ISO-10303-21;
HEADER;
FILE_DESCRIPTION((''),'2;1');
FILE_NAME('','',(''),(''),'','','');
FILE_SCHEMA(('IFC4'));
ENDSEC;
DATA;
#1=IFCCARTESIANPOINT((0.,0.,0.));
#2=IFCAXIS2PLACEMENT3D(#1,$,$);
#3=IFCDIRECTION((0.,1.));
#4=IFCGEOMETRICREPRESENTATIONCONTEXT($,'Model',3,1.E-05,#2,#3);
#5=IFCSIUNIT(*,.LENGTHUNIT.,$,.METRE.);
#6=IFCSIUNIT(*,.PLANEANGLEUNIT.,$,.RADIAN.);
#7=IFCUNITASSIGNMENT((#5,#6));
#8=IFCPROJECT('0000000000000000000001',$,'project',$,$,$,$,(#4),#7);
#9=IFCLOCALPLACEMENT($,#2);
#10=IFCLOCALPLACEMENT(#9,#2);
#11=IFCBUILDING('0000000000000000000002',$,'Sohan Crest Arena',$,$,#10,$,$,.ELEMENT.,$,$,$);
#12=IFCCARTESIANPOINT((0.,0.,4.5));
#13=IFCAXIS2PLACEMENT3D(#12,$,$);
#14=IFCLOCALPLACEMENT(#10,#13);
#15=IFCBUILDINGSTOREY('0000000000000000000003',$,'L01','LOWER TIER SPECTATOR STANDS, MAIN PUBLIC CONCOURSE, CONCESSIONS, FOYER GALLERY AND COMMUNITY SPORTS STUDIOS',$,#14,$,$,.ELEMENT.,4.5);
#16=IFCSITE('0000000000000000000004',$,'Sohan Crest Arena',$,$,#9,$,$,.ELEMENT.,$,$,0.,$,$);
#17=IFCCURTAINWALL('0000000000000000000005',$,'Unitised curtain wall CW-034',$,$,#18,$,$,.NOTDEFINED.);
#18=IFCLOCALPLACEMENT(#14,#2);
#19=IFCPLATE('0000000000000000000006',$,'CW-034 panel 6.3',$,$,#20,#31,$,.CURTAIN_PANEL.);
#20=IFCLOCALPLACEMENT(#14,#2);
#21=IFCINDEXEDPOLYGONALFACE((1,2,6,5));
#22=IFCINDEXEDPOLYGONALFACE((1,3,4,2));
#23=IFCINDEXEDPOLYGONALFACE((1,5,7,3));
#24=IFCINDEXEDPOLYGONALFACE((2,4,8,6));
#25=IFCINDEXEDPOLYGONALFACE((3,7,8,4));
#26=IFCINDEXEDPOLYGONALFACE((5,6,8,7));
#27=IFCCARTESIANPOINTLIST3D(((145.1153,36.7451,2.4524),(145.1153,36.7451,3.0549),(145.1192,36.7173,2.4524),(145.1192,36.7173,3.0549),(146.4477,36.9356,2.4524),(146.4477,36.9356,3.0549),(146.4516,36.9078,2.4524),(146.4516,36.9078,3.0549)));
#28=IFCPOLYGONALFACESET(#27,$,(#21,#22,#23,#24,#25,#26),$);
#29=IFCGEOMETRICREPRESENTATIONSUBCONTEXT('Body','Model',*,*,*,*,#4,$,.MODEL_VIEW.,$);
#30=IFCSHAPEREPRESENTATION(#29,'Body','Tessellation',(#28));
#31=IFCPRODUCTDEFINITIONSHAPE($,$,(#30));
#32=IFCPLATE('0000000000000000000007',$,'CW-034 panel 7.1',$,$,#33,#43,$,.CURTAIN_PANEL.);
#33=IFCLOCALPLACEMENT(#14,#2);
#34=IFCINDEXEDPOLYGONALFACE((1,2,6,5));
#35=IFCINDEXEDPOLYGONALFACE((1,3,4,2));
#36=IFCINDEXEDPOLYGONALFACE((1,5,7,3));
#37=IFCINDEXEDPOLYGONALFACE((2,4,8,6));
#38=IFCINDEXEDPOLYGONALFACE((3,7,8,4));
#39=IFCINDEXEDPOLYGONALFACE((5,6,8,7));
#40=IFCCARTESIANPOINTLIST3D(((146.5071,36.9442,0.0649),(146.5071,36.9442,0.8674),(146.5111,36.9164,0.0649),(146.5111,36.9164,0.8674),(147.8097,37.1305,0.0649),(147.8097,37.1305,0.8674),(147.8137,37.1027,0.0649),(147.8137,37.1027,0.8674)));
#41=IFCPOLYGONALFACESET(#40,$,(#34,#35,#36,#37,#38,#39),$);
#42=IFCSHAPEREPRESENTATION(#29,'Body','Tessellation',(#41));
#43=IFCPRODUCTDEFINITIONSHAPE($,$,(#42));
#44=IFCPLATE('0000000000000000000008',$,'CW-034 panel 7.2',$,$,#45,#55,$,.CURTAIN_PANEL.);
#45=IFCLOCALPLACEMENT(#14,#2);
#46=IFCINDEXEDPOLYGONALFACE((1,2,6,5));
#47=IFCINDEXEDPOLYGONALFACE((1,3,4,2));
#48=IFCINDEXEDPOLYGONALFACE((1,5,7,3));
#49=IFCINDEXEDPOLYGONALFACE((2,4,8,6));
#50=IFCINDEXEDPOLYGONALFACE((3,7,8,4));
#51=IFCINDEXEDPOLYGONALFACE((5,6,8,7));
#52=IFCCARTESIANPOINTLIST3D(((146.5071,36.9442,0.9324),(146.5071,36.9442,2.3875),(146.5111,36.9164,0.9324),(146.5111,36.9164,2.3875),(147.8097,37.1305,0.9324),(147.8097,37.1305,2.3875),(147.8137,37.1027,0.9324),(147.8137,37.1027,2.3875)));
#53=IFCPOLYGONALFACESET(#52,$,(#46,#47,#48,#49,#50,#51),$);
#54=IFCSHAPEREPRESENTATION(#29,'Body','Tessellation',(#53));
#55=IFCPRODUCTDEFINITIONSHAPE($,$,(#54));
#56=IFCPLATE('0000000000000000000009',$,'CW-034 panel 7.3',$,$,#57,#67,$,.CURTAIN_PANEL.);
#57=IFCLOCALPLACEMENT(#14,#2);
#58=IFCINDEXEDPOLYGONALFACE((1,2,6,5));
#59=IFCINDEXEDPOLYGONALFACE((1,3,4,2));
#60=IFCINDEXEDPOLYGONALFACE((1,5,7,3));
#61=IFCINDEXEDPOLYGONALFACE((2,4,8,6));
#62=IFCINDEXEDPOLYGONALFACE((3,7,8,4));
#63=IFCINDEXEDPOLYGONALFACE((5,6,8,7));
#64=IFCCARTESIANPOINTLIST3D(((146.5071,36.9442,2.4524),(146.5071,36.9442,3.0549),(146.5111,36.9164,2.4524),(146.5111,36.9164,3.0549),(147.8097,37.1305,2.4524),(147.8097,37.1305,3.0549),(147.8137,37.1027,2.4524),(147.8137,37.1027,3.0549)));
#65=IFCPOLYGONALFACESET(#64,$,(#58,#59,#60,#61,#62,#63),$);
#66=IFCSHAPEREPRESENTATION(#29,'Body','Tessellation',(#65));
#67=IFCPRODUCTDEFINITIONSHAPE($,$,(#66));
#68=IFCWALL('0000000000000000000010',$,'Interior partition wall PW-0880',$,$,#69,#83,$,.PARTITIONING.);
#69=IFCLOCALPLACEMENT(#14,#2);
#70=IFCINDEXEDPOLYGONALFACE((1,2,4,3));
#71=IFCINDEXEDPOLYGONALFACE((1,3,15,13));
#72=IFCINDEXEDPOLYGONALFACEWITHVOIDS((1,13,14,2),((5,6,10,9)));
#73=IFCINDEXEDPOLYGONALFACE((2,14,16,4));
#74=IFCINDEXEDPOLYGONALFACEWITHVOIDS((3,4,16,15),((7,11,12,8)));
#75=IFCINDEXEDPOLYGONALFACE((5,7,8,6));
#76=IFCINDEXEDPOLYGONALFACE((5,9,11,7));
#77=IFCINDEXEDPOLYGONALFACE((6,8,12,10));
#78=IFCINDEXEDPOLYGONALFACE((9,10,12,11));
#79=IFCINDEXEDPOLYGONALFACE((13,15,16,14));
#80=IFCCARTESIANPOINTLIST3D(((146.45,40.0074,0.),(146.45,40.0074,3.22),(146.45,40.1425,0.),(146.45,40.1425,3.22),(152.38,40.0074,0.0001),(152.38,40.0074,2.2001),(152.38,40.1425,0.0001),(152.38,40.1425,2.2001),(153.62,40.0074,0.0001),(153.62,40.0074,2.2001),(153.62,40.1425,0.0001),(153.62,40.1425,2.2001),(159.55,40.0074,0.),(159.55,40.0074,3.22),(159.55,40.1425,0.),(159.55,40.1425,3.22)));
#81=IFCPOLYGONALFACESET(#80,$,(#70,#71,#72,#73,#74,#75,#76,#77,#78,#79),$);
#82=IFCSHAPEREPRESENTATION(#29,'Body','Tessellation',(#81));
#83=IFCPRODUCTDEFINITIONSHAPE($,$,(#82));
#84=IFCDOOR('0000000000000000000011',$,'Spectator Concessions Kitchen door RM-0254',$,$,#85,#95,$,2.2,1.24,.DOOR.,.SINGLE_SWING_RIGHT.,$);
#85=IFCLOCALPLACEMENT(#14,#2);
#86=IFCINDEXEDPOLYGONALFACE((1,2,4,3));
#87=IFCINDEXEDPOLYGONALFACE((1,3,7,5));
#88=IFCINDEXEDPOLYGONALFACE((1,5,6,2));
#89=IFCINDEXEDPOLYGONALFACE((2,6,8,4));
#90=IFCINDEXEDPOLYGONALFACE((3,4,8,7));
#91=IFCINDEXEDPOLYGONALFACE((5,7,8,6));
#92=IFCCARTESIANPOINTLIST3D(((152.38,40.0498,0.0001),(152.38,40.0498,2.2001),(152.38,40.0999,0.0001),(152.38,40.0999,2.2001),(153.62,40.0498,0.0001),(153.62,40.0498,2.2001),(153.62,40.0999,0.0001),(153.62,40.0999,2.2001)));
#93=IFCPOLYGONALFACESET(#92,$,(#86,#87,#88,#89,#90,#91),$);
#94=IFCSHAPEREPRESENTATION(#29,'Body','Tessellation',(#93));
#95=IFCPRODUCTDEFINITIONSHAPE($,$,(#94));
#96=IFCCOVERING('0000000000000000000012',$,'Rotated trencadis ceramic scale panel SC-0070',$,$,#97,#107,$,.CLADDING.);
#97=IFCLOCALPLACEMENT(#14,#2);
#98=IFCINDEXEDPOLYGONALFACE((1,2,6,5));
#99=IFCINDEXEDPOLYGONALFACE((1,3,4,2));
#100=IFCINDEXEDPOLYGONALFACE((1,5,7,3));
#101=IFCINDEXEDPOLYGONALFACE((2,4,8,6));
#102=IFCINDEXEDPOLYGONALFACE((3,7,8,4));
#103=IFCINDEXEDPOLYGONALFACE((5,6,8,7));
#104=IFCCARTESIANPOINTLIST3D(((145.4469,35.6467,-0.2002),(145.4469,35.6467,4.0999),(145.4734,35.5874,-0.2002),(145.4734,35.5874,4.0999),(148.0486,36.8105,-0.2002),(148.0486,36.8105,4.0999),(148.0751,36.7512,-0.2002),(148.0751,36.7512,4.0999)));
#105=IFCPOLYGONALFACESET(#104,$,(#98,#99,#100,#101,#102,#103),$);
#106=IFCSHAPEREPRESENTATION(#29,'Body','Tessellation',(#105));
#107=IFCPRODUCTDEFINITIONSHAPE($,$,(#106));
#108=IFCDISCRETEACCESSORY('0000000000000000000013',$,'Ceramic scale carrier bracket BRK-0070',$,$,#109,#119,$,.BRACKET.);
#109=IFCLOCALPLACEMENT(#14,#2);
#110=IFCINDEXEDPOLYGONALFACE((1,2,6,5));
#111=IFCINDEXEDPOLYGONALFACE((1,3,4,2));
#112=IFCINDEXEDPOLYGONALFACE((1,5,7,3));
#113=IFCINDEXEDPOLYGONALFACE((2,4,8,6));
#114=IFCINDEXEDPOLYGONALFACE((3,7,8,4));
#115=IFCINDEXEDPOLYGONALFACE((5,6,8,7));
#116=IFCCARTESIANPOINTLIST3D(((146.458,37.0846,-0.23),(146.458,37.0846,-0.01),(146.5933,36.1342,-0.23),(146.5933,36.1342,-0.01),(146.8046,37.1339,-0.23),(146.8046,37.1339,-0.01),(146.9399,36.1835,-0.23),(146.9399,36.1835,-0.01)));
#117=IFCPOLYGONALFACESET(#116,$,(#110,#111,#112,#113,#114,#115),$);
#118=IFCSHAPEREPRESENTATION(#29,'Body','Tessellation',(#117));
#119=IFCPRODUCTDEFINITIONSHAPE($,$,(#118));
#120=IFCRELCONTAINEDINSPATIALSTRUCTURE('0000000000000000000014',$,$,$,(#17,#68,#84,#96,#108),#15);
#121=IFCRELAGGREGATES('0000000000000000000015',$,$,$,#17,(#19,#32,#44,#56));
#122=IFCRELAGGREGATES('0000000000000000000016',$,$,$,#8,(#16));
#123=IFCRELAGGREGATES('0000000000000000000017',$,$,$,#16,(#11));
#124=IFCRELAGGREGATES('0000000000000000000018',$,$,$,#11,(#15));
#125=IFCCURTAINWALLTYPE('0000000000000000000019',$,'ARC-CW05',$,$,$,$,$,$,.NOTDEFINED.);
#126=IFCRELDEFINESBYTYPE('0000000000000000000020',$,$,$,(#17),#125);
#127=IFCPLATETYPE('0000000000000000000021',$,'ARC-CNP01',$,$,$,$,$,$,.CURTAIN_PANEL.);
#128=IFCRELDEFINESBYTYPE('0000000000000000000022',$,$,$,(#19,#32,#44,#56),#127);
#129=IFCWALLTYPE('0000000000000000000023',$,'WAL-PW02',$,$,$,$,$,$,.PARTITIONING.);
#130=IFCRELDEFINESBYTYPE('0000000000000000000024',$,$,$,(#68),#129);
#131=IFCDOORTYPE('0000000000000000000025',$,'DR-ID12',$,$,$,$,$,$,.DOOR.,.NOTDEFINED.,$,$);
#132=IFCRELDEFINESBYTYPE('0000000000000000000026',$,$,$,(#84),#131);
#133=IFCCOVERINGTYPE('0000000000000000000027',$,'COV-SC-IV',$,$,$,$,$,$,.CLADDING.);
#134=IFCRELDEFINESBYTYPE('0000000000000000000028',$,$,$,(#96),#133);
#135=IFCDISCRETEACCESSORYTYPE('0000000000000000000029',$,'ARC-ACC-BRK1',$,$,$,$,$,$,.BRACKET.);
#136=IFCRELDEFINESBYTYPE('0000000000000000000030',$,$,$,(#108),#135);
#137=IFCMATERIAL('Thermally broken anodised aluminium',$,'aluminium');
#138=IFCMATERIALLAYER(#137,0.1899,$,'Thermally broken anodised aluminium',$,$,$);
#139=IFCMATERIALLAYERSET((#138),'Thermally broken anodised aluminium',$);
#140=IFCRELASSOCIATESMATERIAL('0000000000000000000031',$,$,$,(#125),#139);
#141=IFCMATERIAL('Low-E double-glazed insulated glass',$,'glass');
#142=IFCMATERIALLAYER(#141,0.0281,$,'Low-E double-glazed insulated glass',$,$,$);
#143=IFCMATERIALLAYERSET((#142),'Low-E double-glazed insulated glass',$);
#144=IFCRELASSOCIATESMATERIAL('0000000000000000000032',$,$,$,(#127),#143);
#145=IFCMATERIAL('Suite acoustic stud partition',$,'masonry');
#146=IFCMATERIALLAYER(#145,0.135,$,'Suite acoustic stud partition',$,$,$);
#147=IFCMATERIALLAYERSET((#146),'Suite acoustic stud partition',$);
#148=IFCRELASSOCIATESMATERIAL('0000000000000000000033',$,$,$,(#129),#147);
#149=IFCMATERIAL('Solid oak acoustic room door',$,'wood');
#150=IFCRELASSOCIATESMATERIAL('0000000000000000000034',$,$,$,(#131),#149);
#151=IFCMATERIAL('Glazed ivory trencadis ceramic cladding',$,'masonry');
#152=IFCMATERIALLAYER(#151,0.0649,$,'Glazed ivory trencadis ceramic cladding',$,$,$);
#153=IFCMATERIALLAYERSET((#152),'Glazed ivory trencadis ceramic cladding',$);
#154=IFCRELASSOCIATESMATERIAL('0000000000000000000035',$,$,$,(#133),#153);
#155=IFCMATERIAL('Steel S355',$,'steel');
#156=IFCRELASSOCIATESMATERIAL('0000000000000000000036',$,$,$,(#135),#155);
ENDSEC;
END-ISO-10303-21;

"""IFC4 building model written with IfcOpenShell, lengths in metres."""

from ifc_helpers import new_model, si_unit, direction, frame, frame_2d, origin, origin_2d, place, context, subcontext, project, spatial, rectangle, extrude, material, layer, layer_set, type_object, element, fill, aggregate, save


model = new_model("IFC4")

# Units and contexts
model_context = context("Model", 3, precision=1e-05, world=origin(), true_north=direction((0.0, 1.0)))
body_context = subcontext(model_context, "Body", "Model", "MODEL_VIEW")
ifc_project = project(units=[si_unit("LENGTHUNIT", "METRE"), si_unit("PLANEANGLEUNIT", "RADIAN")], contexts=[model_context])

# Site, building, storey
site_placement = place(None, origin())
site = spatial("IfcSite", under=ifc_project, at=site_placement, Name="Sohan Crest Arena", CompositionType="ELEMENT", RefElevation=0.0)
building_placement = place(site_placement, origin())
building = spatial("IfcBuilding", under=site, at=building_placement, Name="Sohan Crest Arena", CompositionType="ELEMENT")
storey_placement = place(building_placement, frame((0.0, 0.0, 4.5)))
storey = spatial("IfcBuildingStorey", under=building, at=storey_placement, Name="L01", Description="LOWER TIER SPECTATOR STANDS, MAIN PUBLIC CONCOURSE, CONCESSIONS, FOYER GALLERY AND COMMUNITY SPORTS STUDIOS", CompositionType="ELEMENT", Elevation=4.5)

# Shared definitions
ifc_material_1 = material(Name="Steel S355", Category="steel")

# Curtain wall
ifc_material_2 = material(Name="Thermally broken anodised aluminium", Category="aluminium")
ifc_layer_1 = layer(ifc_material_2, 0.1899, Name="Thermally broken anodised aluminium")
ifc_layer_set_1 = layer_set([ifc_layer_1], Name="Thermally broken anodised aluminium")
curtain_wall_type = type_object("IfcCurtainWallType", Name="ARC-CW05", PredefinedType="NOTDEFINED", material=ifc_layer_set_1)
curtain_wall_placement = place(storey_placement, origin())
curtain_wall = element("IfcCurtainWall", 1, at=curtain_wall_placement, inside=storey, type_object=curtain_wall_type, Name="Unitised curtain wall CW-034", PredefinedType="NOTDEFINED")

# Plates
ifc_material_3 = material(Name="Low-E double-glazed insulated glass", Category="glass")
ifc_layer_2 = layer(ifc_material_3, 0.0281, Name="Low-E double-glazed insulated glass")
ifc_layer_set_2 = layer_set([ifc_layer_2], Name="Low-E double-glazed insulated glass")
plate_type = type_object("IfcPlateType", Name="ARC-CNP01", PredefinedType="CURTAIN_PANEL", material=ifc_layer_set_2)
plate_1_placement = place(storey_placement, frame((145.7834, 36.8264, 2.4524), z_axis=(0.0, 0.0, 1.0), x_axis=(0.989931, 0.141549, 0.0)))
plate_1 = element("IfcPlate", 2, at=plate_1_placement, type_object=plate_type, Name="CW-034 panel 6.3", PredefinedType="CURTAIN_PANEL", context=body_context, shape_type="SweptSolid", body=[
    extrude(rectangle(XDim=1.3459, YDim=0.0281, at=origin_2d()), origin(), (0.0, 0.0, 1.0), 0.6025),
])
plate_2_placement = place(storey_placement, frame((147.1604, 37.0234, 0.0649), z_axis=(0.0, 0.0, 1.0), x_axis=(0.989931, 0.141549, 0.0)))
plate_2 = element("IfcPlate", 3, at=plate_2_placement, type_object=plate_type, Name="CW-034 panel 7.1", PredefinedType="CURTAIN_PANEL", context=body_context, shape_type="SweptSolid", body=[
    extrude(rectangle(XDim=1.3159, YDim=0.0281, at=origin_2d()), origin(), (0.0, 0.0, 1.0), 0.8025),
])
plate_3_placement = place(storey_placement, frame((147.1604, 37.0234, 0.9324), z_axis=(0.0, 0.0, 1.0), x_axis=(0.989931, 0.141549, 0.0)))
plate_3 = element("IfcPlate", 4, at=plate_3_placement, type_object=plate_type, Name="CW-034 panel 7.2", PredefinedType="CURTAIN_PANEL", context=body_context, shape_type="SweptSolid", body=[
    extrude(rectangle(XDim=1.3159, YDim=0.0281, at=origin_2d()), origin(), (0.0, 0.0, 1.0), 1.4551),
])
plate_4_placement = place(storey_placement, frame((147.1604, 37.0234, 2.4524), z_axis=(0.0, 0.0, 1.0), x_axis=(0.989931, 0.141549, 0.0)))
plate_4 = element("IfcPlate", 5, at=plate_4_placement, type_object=plate_type, Name="CW-034 panel 7.3", PredefinedType="CURTAIN_PANEL", context=body_context, shape_type="SweptSolid", body=[
    extrude(rectangle(XDim=1.3159, YDim=0.0281, at=origin_2d()), origin(), (0.0, 0.0, 1.0), 0.6025),
])
aggregate(curtain_wall, [plate_1, plate_2, plate_3, plate_4])

# Wall, opening, door
ifc_material_4 = material(Name="Suite acoustic stud partition", Category="masonry")
ifc_layer_3 = layer(ifc_material_4, 0.135, Name="Suite acoustic stud partition")
ifc_layer_set_3 = layer_set([ifc_layer_3], Name="Suite acoustic stud partition")
wall_type = type_object("IfcWallType", Name="WAL-PW02", PredefinedType="PARTITIONING", material=ifc_layer_set_3)
wall_placement = place(storey_placement, frame((146.45, 40.075, 0.0), z_axis=(0.0, 0.0, 1.0), x_axis=(1.0, 0.0, 0.0)))
wall = element("IfcWall", 6, at=wall_placement, inside=storey, type_object=wall_type, Name="Interior partition wall PW-0880", PredefinedType="PARTITIONING", context=body_context, shape_type="SweptSolid", body=[
    extrude(rectangle(XDim=13.1001, YDim=0.135, at=frame_2d((6.55, 0.0))), origin(), (0.0, 0.0, 1.0), 3.22),
])
opening_placement = place(wall_placement, frame((5.9299, 0.0, 0.0)))
opening = element("IfcOpeningElement", 7, at=opening_placement, cuts=wall, PredefinedType="OPENING", context=body_context, shape_type="SweptSolid", body=[
    extrude(rectangle(XDim=1.24, YDim=2.2, at=frame_2d((0.6201, 1.1001))), frame((0.0, 0.0774, 0.0), z_axis=(0.0, -1.0, 0.0), x_axis=(1.0, 0.0, 0.0)), (0.0, 0.0, 1.0), 0.155),
])
ifc_material_5 = material(Name="Solid oak acoustic room door", Category="wood")
door_type = type_object("IfcDoorType", Name="DR-ID12", OperationType="NOTDEFINED", PredefinedType="DOOR", material=ifc_material_5)
door_placement = place(opening_placement, origin())
door = element("IfcDoor", 8, at=door_placement, inside=storey, type_object=door_type, Name="Spectator Concessions Kitchen door RM-0254", OperationType="SINGLE_SWING_RIGHT", OverallHeight=2.2, OverallWidth=1.24, PredefinedType="DOOR", context=body_context, shape_type="SweptSolid", body=[
    extrude(rectangle(XDim=1.24, YDim=2.2, at=frame_2d((0.6201, 1.1001))), frame((0.0, 0.0249, 0.0), z_axis=(0.0, -1.0, 0.0), x_axis=(1.0, 0.0, 0.0)), (0.0, 0.0, 1.0), 0.05),
])
fill(opening, door)

# Covering
ifc_material_6 = material(Name="Glazed ivory trencadis ceramic cladding", Category="masonry")
ifc_layer_4 = layer(ifc_material_6, 0.0649, Name="Glazed ivory trencadis ceramic cladding")
ifc_layer_set_4 = layer_set([ifc_layer_4], Name="Glazed ivory trencadis ceramic cladding")
covering_type = type_object("IfcCoveringType", Name="COV-SC-IV", PredefinedType="CLADDING", material=ifc_layer_set_4)
covering_placement = place(storey_placement, frame((146.761, 36.199, -0.2002), z_axis=(0.0, 0.0, 1.0), x_axis=(0.912834, 0.40833, 0.0)))
element("IfcCovering", 9, at=covering_placement, inside=storey, type_object=covering_type, Name="Rotated trencadis ceramic scale panel SC-0070", PredefinedType="CLADDING", context=body_context, shape_type="SweptSolid", body=[
    extrude(rectangle(XDim=2.8501, YDim=0.0649, at=origin_2d()), origin(), (0.0, 0.0, 1.0), 4.3),
])

# Discrete accessory
discrete_accessory_type = type_object("IfcDiscreteAccessoryType", Name="ARC-ACC-BRK1", PredefinedType="BRACKET", material=ifc_material_1)
discrete_accessory_placement = place(storey_placement, frame((146.699, 36.634, -0.23), z_axis=(0.0, 0.0, 1.0), x_axis=(0.990024, 0.140901, 0.0)))
element("IfcDiscreteAccessory", 10, at=discrete_accessory_placement, inside=storey, type_object=discrete_accessory_type, Name="Ceramic scale carrier bracket BRK-0070", PredefinedType="BRACKET", context=body_context, shape_type="SweptSolid", body=[
    extrude(rectangle(XDim=0.3501, YDim=0.96, at=origin_2d()), origin(), (0.0, 0.0, 1.0), 0.22),
])

save(model, "model.ifc")
